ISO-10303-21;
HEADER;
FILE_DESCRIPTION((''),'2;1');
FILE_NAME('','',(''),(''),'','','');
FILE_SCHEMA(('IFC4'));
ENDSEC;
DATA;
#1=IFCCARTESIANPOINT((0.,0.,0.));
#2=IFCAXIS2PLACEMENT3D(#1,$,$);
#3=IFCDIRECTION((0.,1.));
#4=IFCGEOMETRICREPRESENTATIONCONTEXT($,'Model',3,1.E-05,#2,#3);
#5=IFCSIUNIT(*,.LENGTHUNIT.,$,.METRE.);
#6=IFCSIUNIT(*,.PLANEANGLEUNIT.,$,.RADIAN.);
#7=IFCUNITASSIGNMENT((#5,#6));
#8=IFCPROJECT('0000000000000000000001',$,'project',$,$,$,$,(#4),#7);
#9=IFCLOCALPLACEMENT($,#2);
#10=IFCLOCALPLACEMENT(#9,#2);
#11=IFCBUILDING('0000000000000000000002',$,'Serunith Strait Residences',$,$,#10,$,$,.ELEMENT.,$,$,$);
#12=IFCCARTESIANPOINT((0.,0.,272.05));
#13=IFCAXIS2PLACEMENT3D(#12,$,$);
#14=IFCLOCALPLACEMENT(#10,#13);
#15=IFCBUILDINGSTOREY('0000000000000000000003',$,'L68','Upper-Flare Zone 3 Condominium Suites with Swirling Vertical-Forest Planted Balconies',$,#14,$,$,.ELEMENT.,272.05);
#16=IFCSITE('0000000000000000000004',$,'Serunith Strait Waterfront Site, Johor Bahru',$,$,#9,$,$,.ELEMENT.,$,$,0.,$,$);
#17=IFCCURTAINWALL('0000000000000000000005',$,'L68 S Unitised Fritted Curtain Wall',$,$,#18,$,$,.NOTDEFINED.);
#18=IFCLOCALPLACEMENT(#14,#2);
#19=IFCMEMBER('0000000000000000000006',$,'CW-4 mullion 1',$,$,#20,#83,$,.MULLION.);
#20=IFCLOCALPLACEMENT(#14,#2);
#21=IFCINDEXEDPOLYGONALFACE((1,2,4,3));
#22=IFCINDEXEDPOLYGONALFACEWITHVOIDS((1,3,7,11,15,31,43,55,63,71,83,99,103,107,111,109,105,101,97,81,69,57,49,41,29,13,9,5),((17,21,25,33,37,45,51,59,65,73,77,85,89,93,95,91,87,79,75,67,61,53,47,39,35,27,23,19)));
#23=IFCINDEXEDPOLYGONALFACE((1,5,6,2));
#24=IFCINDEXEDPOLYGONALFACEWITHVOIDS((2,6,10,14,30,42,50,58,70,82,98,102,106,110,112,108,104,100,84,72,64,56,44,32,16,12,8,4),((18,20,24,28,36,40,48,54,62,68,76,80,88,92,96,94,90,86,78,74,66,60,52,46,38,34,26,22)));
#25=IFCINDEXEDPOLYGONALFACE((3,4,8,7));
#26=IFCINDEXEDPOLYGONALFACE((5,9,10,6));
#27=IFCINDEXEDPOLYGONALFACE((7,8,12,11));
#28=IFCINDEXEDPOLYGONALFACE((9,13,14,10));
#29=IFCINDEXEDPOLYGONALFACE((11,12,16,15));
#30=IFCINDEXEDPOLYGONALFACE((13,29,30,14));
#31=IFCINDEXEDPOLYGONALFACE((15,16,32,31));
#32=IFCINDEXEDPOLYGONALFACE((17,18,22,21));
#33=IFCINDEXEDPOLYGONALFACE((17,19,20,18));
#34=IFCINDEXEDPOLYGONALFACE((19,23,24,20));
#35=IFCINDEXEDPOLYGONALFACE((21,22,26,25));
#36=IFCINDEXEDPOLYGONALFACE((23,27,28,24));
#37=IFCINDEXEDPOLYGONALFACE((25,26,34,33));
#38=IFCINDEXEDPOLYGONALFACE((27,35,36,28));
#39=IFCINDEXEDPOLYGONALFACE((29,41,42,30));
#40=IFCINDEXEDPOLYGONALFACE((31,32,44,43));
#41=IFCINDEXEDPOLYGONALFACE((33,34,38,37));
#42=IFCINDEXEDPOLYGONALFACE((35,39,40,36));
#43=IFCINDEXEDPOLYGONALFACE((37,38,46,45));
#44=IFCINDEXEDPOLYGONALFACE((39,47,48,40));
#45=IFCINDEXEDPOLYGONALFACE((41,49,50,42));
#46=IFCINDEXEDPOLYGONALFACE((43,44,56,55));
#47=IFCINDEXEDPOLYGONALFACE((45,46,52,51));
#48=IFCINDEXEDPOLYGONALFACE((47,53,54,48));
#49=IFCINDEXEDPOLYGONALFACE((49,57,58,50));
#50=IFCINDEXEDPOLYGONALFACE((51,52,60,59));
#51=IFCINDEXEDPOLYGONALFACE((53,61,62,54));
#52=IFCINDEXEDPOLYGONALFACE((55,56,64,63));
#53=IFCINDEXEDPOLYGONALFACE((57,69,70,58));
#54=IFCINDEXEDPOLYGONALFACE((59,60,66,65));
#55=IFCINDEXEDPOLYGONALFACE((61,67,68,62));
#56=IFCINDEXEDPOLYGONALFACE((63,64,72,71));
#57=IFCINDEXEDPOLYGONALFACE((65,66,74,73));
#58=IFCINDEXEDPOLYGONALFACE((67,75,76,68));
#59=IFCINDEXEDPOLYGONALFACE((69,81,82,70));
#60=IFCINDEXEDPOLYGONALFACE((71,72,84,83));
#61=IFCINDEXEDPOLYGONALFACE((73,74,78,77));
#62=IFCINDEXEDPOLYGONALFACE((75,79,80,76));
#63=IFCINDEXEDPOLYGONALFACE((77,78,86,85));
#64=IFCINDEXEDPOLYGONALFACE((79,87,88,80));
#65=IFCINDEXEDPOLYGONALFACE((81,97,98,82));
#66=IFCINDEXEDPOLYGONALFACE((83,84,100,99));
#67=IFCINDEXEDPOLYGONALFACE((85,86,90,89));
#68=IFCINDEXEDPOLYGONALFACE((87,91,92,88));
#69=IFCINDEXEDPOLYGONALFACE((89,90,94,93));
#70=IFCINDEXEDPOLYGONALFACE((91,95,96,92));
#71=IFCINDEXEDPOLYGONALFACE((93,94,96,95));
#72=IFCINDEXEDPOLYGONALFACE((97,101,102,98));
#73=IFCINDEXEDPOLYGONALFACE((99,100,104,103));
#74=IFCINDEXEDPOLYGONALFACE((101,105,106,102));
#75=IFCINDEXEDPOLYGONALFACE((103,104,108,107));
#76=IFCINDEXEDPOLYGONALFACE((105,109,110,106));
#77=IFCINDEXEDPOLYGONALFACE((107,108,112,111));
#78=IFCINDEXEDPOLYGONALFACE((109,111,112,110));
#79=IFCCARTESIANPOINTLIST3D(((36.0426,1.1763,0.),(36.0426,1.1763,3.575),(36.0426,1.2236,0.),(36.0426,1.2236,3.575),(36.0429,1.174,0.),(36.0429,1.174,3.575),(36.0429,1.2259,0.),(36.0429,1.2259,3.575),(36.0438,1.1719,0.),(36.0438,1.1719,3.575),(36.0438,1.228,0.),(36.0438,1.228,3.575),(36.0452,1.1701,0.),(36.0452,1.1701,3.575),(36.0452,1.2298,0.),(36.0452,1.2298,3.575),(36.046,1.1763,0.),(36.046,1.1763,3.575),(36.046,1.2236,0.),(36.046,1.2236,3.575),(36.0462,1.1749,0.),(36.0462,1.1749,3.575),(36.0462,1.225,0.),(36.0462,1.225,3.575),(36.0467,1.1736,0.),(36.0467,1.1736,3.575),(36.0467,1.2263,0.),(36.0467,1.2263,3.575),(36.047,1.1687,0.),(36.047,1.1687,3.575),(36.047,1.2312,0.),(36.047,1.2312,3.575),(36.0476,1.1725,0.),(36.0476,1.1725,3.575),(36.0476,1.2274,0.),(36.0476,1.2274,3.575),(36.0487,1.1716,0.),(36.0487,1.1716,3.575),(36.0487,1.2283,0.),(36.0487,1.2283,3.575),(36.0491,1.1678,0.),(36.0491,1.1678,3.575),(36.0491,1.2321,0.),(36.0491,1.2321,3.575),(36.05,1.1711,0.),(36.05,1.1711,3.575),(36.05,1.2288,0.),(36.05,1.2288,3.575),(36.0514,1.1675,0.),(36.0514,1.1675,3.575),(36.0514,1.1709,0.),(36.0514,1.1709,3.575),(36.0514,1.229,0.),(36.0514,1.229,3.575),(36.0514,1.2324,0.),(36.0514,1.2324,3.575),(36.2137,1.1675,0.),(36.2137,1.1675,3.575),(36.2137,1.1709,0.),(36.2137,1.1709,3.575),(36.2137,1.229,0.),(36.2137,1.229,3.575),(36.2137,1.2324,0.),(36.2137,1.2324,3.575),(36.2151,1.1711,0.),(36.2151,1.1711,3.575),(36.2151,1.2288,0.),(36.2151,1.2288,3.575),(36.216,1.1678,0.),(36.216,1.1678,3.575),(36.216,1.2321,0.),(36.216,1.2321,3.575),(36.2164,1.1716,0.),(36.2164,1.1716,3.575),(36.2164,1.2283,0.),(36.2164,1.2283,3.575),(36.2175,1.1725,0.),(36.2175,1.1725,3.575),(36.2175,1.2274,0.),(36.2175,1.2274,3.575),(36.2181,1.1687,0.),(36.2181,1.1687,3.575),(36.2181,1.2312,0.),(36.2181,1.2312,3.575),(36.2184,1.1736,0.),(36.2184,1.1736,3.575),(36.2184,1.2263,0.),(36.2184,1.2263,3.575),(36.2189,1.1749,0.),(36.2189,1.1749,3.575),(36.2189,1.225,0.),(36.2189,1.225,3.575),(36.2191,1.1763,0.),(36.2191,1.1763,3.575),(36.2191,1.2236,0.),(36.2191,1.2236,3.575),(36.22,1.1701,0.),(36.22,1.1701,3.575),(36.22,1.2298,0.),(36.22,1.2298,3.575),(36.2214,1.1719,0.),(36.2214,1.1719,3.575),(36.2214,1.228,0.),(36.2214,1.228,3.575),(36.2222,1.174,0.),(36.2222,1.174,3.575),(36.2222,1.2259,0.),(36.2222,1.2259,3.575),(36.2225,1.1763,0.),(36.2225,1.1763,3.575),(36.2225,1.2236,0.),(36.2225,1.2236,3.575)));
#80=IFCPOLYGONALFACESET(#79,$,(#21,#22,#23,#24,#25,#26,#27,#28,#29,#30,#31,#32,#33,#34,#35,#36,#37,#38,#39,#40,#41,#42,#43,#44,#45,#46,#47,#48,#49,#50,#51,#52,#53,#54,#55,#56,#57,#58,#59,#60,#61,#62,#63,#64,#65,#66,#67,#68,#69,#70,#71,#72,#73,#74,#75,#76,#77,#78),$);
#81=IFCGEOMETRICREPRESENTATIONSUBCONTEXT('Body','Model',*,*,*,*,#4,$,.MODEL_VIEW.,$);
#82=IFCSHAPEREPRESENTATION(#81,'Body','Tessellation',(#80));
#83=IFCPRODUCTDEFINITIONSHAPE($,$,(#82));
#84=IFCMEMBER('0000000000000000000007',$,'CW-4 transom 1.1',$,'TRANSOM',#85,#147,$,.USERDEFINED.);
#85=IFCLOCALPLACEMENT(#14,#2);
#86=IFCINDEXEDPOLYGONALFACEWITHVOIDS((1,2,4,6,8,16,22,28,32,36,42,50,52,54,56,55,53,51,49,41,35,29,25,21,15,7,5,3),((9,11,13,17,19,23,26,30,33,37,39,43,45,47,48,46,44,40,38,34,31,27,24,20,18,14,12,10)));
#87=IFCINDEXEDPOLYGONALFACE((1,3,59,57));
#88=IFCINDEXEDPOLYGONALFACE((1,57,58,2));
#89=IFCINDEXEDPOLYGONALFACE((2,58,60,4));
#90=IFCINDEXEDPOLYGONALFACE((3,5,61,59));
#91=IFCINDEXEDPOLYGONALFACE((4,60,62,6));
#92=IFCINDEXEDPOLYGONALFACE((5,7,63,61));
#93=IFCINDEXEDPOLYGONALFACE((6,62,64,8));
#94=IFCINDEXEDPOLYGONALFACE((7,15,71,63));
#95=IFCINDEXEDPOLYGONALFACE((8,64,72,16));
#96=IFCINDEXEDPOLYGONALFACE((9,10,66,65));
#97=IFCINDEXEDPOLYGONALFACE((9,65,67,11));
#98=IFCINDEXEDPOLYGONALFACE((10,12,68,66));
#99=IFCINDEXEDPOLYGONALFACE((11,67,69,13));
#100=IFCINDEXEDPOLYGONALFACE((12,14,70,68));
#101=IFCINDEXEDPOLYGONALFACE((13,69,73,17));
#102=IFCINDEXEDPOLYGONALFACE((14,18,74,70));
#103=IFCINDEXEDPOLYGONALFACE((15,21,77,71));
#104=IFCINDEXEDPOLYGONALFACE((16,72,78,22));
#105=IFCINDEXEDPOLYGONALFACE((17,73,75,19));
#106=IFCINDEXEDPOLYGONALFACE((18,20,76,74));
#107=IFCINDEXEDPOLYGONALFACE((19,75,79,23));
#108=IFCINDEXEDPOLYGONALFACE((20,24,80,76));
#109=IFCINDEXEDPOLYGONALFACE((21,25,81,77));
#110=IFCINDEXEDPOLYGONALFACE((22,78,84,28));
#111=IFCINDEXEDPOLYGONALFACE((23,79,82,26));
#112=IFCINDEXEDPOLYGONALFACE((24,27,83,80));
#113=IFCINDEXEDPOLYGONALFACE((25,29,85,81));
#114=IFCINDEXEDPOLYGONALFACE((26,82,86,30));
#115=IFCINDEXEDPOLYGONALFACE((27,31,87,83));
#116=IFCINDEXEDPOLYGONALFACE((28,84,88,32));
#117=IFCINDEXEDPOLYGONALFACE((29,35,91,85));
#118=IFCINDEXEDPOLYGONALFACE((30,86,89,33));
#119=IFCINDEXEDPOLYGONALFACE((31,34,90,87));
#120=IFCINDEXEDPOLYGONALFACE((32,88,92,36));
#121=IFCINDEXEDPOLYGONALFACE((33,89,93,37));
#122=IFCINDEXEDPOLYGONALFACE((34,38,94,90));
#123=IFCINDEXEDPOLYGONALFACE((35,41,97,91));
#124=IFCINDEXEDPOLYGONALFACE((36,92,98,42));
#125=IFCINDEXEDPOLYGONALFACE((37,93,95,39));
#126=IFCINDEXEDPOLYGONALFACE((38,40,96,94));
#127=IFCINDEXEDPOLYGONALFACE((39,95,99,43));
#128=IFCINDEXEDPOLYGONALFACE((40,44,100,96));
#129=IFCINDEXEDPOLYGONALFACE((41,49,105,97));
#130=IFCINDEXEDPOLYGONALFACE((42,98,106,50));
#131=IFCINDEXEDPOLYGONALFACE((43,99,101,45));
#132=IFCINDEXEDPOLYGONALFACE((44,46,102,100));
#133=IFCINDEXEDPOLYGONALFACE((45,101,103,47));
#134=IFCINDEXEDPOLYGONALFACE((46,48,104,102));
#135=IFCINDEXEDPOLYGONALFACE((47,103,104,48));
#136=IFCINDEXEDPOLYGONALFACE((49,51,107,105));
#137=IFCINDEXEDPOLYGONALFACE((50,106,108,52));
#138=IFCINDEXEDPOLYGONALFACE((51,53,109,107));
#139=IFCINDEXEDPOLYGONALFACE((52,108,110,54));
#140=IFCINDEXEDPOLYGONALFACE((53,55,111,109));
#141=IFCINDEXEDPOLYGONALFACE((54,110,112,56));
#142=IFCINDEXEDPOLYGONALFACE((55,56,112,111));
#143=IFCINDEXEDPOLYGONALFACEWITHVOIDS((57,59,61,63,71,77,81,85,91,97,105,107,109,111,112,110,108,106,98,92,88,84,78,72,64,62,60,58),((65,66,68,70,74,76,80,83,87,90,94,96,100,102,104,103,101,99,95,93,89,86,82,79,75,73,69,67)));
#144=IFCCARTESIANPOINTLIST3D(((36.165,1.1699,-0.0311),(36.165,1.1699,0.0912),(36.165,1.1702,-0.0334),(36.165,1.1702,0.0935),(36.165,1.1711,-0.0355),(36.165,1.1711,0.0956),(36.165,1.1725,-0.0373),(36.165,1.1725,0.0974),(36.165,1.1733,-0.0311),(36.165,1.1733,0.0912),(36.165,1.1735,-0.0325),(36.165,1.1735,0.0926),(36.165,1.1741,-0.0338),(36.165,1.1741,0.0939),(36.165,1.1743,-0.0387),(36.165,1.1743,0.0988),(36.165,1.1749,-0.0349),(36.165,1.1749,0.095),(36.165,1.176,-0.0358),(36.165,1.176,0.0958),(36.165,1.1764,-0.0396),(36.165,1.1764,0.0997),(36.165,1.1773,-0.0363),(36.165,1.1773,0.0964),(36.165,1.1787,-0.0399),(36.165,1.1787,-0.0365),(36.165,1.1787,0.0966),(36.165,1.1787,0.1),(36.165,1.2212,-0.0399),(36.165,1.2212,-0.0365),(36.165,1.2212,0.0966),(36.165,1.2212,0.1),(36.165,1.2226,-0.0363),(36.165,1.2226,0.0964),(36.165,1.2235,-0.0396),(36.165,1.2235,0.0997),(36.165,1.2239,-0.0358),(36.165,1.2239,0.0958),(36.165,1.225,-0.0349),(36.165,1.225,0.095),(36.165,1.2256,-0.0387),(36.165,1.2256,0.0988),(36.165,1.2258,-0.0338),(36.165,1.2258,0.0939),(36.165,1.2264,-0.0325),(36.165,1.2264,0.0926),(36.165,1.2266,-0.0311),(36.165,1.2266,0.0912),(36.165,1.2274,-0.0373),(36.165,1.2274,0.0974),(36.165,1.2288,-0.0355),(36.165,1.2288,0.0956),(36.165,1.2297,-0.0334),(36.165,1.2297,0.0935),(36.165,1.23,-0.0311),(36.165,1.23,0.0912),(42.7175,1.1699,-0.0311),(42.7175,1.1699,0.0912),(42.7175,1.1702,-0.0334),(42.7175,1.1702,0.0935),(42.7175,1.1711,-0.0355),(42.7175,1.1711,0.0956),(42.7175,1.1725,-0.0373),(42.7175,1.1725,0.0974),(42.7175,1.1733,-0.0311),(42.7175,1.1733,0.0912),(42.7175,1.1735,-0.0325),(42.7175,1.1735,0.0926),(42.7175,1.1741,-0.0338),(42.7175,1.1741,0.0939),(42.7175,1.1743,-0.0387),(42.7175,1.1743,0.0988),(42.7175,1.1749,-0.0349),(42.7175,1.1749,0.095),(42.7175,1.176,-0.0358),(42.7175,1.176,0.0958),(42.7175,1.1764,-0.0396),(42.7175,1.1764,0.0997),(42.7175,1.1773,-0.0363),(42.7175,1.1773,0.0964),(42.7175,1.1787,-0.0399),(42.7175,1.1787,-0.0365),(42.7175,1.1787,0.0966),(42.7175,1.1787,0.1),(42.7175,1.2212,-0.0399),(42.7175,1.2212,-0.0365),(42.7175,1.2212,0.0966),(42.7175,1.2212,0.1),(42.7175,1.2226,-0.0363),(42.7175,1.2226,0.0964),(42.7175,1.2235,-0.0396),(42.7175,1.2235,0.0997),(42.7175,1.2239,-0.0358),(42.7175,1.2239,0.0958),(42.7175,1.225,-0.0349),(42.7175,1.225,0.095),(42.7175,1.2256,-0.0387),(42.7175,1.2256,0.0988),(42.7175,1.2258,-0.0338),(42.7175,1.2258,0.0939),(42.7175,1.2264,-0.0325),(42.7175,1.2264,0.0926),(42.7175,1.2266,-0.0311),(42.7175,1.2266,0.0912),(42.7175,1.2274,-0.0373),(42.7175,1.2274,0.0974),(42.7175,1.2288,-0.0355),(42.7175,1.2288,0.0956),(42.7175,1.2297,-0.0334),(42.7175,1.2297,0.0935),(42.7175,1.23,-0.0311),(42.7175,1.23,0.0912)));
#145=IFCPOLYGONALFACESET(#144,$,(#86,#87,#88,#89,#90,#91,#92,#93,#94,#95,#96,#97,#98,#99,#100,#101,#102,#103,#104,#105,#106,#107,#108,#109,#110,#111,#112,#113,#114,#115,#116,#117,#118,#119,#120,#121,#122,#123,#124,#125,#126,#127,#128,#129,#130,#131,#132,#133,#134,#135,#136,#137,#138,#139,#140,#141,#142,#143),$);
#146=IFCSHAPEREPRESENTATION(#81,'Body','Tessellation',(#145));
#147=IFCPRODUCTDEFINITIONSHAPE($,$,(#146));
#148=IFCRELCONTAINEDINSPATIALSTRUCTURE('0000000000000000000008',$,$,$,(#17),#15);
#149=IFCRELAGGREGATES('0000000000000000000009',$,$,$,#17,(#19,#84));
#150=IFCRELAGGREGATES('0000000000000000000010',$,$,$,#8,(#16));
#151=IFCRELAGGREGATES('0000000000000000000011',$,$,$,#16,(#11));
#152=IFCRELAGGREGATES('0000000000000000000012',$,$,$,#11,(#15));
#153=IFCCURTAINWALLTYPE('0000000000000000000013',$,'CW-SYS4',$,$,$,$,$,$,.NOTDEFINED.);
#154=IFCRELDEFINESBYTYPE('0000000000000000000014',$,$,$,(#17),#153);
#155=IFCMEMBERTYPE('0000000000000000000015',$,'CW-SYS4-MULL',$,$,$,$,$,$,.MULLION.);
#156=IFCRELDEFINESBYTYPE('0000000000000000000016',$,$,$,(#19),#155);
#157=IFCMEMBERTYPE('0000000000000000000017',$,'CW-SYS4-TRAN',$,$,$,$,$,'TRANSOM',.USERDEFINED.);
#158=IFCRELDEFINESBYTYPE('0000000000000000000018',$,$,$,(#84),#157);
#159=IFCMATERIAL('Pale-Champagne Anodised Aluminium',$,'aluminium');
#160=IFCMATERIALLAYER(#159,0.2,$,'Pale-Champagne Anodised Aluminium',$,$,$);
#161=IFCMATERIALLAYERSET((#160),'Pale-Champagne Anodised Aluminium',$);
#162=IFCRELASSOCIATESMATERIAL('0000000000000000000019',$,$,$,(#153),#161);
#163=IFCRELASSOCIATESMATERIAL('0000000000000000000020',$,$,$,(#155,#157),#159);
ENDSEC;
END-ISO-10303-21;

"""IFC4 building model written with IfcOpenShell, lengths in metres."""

from ifc_helpers import new_model, si_unit, direction, frame, origin, origin_2d, place, context, subcontext, project, spatial, hollow_rectangle, extrude, source, transform, mapped, material, layer, layer_set, material_profile, profile_set, type_object, element, aggregate, save


model = new_model("IFC4")

# Units and contexts
model_context = context("Model", 3, precision=1e-05, world=origin(), true_north=direction((0.0, 1.0)))
body_context = subcontext(model_context, "Body", "Model", "MODEL_VIEW")
ifc_project = project(units=[si_unit("LENGTHUNIT", "METRE"), si_unit("PLANEANGLEUNIT", "RADIAN")], contexts=[model_context])

# Site, building, storey
site_placement = place(None, origin())
site = spatial("IfcSite", under=ifc_project, at=site_placement, Name="Serunith Strait Waterfront Site, Johor Bahru", CompositionType="ELEMENT", RefElevation=0.0)
building_placement = place(site_placement, origin())
building = spatial("IfcBuilding", under=site, at=building_placement, Name="Serunith Strait Residences", CompositionType="ELEMENT")
storey_placement = place(building_placement, frame((0.0, 0.0, 272.05)))
storey = spatial("IfcBuildingStorey", under=building, at=storey_placement, Name="L68", Description="Upper-Flare Zone 3 Condominium Suites with Swirling Vertical-Forest Planted Balconies", CompositionType="ELEMENT", Elevation=272.05)

# Shared definitions
ifc_material_1 = material(Name="Pale-Champagne Anodised Aluminium", Category="aluminium")
ifc_layer_1 = layer(ifc_material_1, 0.2, Name="Pale-Champagne Anodised Aluminium")
ifc_layer_set_1 = layer_set([ifc_layer_1], Name="Pale-Champagne Anodised Aluminium")
curtain_wall_type = type_object("IfcCurtainWallType", Name="CW-SYS4", PredefinedType="NOTDEFINED", material=ifc_layer_set_1)
ifc_material_profile_1 = material_profile(ifc_material_1, hollow_rectangle(XDim=0.0649, YDim=0.1799, WallThickness=0.0034, InnerFilletRadius=0.0054, OuterFilletRadius=0.0088, at=origin_2d()), Name="ALU 180x65x3.5")
ifc_profile_set_1 = profile_set([ifc_material_profile_1], Name="Pale-Champagne Anodised Aluminium")
member_type_1 = type_object("IfcMemberType", Name="CW-SYS4-MULL", PredefinedType="MULLION", material=ifc_profile_set_1)
shared_shape_1 = source(origin(), body_context, "Body", "SweptSolid", [
    extrude(hollow_rectangle(XDim=0.0649, YDim=0.1799, WallThickness=0.0034, InnerFilletRadius=0.0054, OuterFilletRadius=0.0088, at=origin_2d()), origin(), (0.0, 0.0, 1.0), 3.575),
])

# Curtain wall, members
curtain_wall_1_placement = place(storey_placement, origin())
curtain_wall_1 = element("IfcCurtainWall", 1, at=curtain_wall_1_placement, inside=storey, type_object=curtain_wall_type, Name="L68 S Unitised Fritted Curtain Wall", PredefinedType="NOTDEFINED")
member_1_placement = place(storey_placement, frame((36.1326, 1.2, 0.0), z_axis=(0.0, 0.0, 1.0), x_axis=(0.0, 1.0, 0.0)))
member_1 = element("IfcMember", 2, at=member_1_placement, type_object=member_type_1, Name="CW-4 mullion 1", PredefinedType="MULLION", context=body_context, shape_type="MappedRepresentation", body=[
    mapped(shared_shape_1, transform((0.0, 0.0, 0.0), scale=1.0)),
])
ifc_material_profile_2 = material_profile(ifc_material_1, hollow_rectangle(XDim=0.0601, YDim=0.1399, WallThickness=0.0034, InnerFilletRadius=0.0054, OuterFilletRadius=0.0088, at=origin_2d()), Name="ALU 140x60x3.5")
ifc_profile_set_2 = profile_set([ifc_material_profile_2], Name="Pale-Champagne Anodised Aluminium")
member_type_2 = type_object("IfcMemberType", Name="CW-SYS4-TRAN", ElementType="TRANSOM", PredefinedType="USERDEFINED", material=ifc_profile_set_2)
shared_shape_2 = source(origin(), body_context, "Body", "SweptSolid", [
    extrude(hollow_rectangle(XDim=0.0601, YDim=0.1399, WallThickness=0.0034, InnerFilletRadius=0.0054, OuterFilletRadius=0.0088, at=origin_2d()), origin(), (0.0, 0.0, 1.0), 6.5525),
])
member_2_placement = place(storey_placement, frame((36.165, 1.2, 0.03), z_axis=(1.0, 0.0, 0.0), x_axis=(0.0, 1.0, 0.0)))
member_2 = element("IfcMember", 3, at=member_2_placement, type_object=member_type_2, Name="CW-4 transom 1.1", ObjectType="TRANSOM", PredefinedType="USERDEFINED", context=body_context, shape_type="MappedRepresentation", body=[
    mapped(shared_shape_2, transform((0.0, 0.0, 0.0), scale=1.0)),
])
aggregate(curtain_wall_1, [member_1, member_2])

save(model, "model.ifc")
